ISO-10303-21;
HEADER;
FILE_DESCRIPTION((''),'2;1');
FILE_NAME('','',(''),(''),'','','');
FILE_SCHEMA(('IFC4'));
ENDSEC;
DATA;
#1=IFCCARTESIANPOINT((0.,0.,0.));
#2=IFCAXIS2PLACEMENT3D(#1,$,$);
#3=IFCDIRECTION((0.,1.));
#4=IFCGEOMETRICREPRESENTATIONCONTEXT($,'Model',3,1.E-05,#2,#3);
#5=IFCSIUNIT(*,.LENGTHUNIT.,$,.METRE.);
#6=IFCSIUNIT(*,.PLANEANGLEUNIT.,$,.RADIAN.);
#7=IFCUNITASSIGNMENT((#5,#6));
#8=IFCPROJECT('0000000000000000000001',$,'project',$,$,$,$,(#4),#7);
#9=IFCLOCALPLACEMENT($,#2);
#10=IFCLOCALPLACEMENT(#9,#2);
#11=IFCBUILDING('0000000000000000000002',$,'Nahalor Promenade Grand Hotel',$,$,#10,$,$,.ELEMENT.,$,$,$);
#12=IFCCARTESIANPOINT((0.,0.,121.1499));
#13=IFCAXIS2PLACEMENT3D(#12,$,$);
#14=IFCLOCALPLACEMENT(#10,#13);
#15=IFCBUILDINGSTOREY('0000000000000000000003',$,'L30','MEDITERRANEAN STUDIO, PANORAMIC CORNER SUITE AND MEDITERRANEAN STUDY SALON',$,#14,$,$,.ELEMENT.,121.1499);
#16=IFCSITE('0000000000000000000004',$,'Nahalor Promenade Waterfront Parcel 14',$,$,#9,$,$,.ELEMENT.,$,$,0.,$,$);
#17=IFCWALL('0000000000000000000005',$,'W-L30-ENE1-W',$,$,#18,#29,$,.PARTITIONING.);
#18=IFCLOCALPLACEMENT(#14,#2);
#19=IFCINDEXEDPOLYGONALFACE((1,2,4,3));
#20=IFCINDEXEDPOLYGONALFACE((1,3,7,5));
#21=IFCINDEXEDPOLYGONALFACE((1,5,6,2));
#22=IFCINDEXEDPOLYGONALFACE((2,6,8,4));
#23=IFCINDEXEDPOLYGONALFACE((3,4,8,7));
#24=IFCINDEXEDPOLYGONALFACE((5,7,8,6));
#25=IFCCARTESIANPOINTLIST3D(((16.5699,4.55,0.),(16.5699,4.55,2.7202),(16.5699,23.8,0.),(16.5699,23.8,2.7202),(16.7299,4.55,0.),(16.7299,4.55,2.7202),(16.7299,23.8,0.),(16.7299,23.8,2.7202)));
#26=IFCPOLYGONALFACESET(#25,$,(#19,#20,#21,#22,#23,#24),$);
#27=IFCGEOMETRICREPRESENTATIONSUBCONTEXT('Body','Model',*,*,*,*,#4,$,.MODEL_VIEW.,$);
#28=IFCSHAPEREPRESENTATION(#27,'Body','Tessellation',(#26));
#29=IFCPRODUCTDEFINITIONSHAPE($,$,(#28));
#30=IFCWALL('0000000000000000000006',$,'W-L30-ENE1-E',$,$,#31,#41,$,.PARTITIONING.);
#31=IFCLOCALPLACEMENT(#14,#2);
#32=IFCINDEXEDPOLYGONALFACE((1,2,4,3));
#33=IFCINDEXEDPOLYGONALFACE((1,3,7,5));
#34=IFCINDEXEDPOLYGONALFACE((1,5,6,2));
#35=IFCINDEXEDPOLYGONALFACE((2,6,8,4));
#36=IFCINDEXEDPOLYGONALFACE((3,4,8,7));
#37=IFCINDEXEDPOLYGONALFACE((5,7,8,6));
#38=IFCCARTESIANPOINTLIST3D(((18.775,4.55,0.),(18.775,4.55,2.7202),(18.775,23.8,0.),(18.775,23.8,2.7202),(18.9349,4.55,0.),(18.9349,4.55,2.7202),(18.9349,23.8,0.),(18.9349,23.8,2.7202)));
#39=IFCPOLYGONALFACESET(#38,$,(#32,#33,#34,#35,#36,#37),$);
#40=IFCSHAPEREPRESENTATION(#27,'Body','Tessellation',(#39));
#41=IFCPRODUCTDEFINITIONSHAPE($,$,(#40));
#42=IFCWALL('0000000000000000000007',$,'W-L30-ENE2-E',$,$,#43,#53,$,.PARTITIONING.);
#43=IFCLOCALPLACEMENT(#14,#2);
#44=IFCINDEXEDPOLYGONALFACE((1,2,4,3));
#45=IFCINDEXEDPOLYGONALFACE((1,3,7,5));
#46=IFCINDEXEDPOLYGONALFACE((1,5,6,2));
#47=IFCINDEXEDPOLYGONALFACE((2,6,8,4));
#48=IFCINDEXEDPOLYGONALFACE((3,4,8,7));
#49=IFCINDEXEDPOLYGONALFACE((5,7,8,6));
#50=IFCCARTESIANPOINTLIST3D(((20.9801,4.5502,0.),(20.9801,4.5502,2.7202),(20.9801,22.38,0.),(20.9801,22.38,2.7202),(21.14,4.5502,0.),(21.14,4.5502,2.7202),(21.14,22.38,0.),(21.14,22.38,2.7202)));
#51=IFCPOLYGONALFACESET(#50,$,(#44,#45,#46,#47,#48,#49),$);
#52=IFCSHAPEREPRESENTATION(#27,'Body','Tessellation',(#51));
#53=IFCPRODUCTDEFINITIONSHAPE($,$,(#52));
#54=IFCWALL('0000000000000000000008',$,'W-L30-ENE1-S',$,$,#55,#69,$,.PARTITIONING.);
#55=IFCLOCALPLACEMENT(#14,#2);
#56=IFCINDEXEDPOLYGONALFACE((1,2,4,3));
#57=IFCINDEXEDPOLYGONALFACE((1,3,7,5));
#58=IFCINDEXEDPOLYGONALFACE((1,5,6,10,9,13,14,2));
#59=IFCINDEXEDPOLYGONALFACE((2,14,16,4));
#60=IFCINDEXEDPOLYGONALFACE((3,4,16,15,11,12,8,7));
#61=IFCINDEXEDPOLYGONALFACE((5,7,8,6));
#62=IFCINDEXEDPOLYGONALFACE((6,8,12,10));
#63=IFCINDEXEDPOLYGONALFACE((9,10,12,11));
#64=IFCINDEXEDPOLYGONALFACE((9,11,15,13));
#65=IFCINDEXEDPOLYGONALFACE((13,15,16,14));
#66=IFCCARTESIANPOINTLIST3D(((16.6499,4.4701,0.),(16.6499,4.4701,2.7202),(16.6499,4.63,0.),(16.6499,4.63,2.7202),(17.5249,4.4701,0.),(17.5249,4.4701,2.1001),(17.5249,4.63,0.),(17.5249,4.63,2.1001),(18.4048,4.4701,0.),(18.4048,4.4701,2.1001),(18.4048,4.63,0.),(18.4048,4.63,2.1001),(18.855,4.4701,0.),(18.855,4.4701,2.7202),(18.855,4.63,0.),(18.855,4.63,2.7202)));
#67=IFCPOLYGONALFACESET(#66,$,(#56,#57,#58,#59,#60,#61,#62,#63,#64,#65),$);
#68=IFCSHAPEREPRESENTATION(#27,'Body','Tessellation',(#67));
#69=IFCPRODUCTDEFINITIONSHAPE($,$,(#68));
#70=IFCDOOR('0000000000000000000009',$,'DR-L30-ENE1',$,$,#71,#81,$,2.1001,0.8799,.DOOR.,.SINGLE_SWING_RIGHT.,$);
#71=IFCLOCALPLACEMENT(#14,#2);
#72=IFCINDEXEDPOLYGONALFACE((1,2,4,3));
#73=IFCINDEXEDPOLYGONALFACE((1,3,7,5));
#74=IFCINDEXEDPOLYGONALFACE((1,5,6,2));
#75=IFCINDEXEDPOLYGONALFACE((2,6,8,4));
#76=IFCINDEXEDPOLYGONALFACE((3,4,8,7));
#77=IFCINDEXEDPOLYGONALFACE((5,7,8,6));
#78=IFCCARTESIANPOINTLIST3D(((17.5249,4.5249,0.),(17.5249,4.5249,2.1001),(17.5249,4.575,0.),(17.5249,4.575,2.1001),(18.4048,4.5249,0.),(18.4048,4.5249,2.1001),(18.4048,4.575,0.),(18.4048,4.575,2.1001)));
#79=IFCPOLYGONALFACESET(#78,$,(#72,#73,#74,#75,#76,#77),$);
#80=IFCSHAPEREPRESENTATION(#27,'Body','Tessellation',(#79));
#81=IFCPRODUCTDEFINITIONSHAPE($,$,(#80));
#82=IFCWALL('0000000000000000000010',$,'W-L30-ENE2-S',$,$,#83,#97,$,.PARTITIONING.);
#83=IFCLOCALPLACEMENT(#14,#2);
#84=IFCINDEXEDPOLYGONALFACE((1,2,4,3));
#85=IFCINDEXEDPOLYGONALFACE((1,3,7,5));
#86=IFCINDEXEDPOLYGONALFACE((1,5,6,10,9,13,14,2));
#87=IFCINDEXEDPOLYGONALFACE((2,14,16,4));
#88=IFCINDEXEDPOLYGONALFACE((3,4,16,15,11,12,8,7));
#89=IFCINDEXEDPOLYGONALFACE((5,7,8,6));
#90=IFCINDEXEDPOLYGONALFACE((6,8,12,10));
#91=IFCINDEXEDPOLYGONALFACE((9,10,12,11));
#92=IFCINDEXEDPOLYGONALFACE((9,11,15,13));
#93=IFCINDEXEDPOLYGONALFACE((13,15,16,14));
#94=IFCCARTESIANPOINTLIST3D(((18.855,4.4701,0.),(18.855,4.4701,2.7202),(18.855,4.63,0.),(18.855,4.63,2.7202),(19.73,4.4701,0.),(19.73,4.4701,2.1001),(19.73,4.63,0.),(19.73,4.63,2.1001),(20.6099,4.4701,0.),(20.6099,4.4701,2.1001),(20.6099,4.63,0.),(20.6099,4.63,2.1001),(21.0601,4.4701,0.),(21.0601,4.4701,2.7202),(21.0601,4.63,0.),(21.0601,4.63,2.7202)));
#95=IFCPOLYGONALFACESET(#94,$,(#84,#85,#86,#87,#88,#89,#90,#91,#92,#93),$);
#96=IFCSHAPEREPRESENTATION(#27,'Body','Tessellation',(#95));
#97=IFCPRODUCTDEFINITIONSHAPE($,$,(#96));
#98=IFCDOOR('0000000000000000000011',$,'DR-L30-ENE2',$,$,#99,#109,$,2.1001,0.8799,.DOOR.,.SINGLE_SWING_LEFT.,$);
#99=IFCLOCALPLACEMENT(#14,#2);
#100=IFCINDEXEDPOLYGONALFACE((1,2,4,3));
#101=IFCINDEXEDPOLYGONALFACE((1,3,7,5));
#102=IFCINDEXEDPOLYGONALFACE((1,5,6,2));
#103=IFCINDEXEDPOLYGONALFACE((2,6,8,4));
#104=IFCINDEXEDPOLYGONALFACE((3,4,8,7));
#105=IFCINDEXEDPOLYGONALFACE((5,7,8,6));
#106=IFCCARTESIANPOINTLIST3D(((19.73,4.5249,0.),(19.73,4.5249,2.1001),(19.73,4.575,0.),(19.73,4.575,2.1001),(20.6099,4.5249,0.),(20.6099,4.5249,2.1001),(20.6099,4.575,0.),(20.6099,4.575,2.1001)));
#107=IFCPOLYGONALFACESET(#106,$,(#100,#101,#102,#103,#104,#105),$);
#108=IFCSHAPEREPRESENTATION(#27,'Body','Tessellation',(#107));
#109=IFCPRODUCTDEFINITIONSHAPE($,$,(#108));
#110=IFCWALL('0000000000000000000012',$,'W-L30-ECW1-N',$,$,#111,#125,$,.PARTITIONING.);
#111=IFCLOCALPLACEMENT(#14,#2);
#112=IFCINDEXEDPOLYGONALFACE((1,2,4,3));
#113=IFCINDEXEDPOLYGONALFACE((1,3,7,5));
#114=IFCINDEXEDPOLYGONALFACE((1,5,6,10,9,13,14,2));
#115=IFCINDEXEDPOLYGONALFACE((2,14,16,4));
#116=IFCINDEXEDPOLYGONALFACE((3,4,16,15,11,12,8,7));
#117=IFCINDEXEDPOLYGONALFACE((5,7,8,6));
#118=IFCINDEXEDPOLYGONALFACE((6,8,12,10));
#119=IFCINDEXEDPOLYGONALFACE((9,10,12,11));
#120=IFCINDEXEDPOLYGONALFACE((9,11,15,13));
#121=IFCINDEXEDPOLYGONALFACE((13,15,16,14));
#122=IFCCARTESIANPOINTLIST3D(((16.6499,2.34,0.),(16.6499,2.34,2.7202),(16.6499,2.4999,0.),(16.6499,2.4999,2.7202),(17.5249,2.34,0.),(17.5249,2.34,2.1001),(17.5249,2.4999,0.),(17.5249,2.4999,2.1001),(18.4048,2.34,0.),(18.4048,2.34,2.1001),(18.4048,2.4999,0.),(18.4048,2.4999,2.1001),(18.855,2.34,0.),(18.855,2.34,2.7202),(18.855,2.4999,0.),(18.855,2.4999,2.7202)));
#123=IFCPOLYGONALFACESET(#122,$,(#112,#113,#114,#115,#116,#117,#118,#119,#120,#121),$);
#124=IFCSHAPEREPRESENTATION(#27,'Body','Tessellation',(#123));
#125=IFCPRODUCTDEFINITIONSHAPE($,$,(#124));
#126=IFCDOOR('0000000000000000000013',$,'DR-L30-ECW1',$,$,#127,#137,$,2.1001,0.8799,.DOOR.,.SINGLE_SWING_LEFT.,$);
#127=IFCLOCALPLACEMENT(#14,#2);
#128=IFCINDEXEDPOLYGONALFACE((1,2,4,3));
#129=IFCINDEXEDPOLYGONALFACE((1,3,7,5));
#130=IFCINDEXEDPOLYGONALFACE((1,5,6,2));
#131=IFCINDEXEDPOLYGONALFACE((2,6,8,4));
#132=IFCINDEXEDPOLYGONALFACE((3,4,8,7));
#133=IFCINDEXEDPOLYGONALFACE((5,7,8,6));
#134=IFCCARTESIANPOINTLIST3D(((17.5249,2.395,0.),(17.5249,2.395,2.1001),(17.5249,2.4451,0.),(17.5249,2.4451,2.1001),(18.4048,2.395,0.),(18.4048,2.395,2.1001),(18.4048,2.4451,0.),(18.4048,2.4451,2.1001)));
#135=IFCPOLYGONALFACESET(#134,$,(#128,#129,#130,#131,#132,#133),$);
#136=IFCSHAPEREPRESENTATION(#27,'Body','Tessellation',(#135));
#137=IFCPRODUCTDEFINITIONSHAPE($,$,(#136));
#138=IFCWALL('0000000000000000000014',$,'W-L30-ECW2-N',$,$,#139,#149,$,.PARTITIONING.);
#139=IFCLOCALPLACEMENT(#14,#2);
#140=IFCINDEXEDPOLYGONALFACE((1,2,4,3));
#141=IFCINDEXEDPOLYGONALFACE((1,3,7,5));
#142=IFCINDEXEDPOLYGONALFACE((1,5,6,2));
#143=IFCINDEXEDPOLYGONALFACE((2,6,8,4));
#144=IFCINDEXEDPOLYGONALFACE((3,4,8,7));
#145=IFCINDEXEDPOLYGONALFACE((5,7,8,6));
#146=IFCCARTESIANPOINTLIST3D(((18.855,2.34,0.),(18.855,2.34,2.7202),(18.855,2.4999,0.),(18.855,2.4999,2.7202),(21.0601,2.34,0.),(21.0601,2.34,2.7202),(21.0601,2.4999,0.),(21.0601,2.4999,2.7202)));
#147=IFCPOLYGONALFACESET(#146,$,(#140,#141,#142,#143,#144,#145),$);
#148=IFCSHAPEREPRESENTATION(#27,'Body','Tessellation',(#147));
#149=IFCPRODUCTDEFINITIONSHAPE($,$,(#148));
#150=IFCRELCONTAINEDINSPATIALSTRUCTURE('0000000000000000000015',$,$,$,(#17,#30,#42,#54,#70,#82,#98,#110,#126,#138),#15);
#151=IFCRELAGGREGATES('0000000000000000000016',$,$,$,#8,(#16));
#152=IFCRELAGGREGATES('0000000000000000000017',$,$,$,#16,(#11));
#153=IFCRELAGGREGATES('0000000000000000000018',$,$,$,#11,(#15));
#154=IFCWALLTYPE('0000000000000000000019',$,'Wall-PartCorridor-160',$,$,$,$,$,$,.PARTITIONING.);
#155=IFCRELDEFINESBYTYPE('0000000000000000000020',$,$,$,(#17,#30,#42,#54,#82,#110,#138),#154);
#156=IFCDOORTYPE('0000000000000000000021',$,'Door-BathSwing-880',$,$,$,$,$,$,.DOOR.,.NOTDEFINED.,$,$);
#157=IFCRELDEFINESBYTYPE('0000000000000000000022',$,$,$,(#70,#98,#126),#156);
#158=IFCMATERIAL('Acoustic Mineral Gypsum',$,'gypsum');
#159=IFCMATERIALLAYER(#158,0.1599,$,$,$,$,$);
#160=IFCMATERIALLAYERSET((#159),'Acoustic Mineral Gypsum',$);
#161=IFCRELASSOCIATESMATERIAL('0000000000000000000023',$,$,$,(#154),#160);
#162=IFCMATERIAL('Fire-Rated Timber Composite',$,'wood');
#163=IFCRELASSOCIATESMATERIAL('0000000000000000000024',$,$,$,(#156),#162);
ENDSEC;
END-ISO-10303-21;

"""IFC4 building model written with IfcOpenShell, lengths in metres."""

from ifc_helpers import new_model, si_unit, direction, frame, frame_2d, origin, place, context, subcontext, project, spatial, rectangle, extrude, source, transform, mapped, material, layer, layer_set, type_object, element, fill, save


model = new_model("IFC4")

# Units and contexts
model_context = context("Model", 3, precision=1e-05, world=origin(), true_north=direction((0.0, 1.0)))
body_context = subcontext(model_context, "Body", "Model", "MODEL_VIEW")
ifc_project = project(units=[si_unit("LENGTHUNIT", "METRE"), si_unit("PLANEANGLEUNIT", "RADIAN")], contexts=[model_context])

# Site, building, storey
site_placement = place(None, origin())
site = spatial("IfcSite", under=ifc_project, at=site_placement, Name="Nahalor Promenade Waterfront Parcel 14", CompositionType="ELEMENT", RefElevation=0.0)
building_placement = place(site_placement, origin())
building = spatial("IfcBuilding", under=site, at=building_placement, Name="Nahalor Promenade Grand Hotel", CompositionType="ELEMENT")
storey_placement = place(building_placement, frame((0.0, 0.0, 121.1499)))
storey = spatial("IfcBuildingStorey", under=building, at=storey_placement, Name="L30", Description="MEDITERRANEAN STUDIO, PANORAMIC CORNER SUITE AND MEDITERRANEAN STUDY SALON", CompositionType="ELEMENT", Elevation=121.1499)

# Walls
ifc_material_1 = material(Name="Acoustic Mineral Gypsum", Category="gypsum")
ifc_layer_1 = layer(ifc_material_1, 0.1599)
ifc_layer_set_1 = layer_set([ifc_layer_1], Name="Acoustic Mineral Gypsum")
wall_type_1 = type_object("IfcWallType", Name="Wall-PartCorridor-160", PredefinedType="PARTITIONING", material=ifc_layer_set_1)
shared_shape_1 = source(origin(), body_context, "Body", "SweptSolid", [
    extrude(rectangle(XDim=19.25, YDim=0.1599, at=frame_2d((9.625, 0.0))), origin(), (0.0, 0.0, 1.0), 2.7202),
])
for number, where, z_axis, x_axis, name in (
    (1, (16.6499, 4.55, 0.0), (0.0, 0.0, 1.0), (0.0, 1.0, 0.0), "W-L30-ENE1-W"),
    (2, (18.855, 4.55, 0.0), (0.0, 0.0, 1.0), (0.0, 1.0, 0.0), "W-L30-ENE1-E"),
):
    element("IfcWall", number, at=place(storey_placement, frame(where, z_axis=z_axis, x_axis=x_axis)), inside=storey, type_object=wall_type_1, Name=name, PredefinedType="PARTITIONING", context=body_context, shape_type="MappedRepresentation", body=[
        mapped(shared_shape_1, transform((0.0, 0.0, 0.0), scale=1.0)),
    ])
shared_shape_2 = source(origin(), body_context, "Body", "SweptSolid", [
    extrude(rectangle(XDim=17.8298, YDim=0.1599, at=frame_2d((8.915, 0.0))), origin(), (0.0, 0.0, 1.0), 2.7202),
])
wall_1_placement = place(storey_placement, frame((21.0601, 4.55, 0.0), z_axis=(0.0, 0.0, 1.0), x_axis=(0.0, 1.0, 0.0)))
element("IfcWall", 3, at=wall_1_placement, inside=storey, type_object=wall_type_1, Name="W-L30-ENE2-E", PredefinedType="PARTITIONING", context=body_context, shape_type="MappedRepresentation", body=[
    mapped(shared_shape_2, transform((0.0, 0.0, 0.0), scale=1.0)),
])

# Walls, openings, doors
shared_shape_3 = source(origin(), body_context, "Body", "SweptSolid", [
    extrude(rectangle(XDim=2.2051, YDim=0.1599, at=frame_2d((1.1025, 0.0))), origin(), (0.0, 0.0, 1.0), 2.7202),
])
wall_2_placement = place(storey_placement, frame((16.6499, 4.55, 0.0), z_axis=(0.0, 0.0, 1.0), x_axis=(1.0, 0.0, 0.0)))
wall_2 = element("IfcWall", 4, at=wall_2_placement, inside=storey, type_object=wall_type_1, Name="W-L30-ENE1-S", PredefinedType="PARTITIONING", context=body_context, shape_type="MappedRepresentation", body=[
    mapped(shared_shape_3, transform((0.0, 0.0, 0.0), scale=1.0)),
])
opening_1_placement = place(wall_2_placement, frame((0.875, 0.0, 0.0)))
opening_1 = element("IfcOpeningElement", 5, at=opening_1_placement, cuts=wall_2, PredefinedType="OPENING", context=body_context, shape_type="SweptSolid", body=[
    extrude(rectangle(XDim=0.8799, YDim=2.1001, at=frame_2d((0.4399, 1.05))), frame((0.0, 0.0898, 0.0), z_axis=(0.0, -1.0, 0.0), x_axis=(1.0, 0.0, 0.0)), (0.0, 0.0, 1.0), 0.1799),
])
ifc_material_2 = material(Name="Fire-Rated Timber Composite", Category="wood")
door_type = type_object("IfcDoorType", Name="Door-BathSwing-880", OperationType="NOTDEFINED", PredefinedType="DOOR", material=ifc_material_2)
shared_shape_4 = source(origin(), body_context, "Body", "SweptSolid", [
    extrude(rectangle(XDim=0.8799, YDim=2.1001, at=frame_2d((0.4399, 1.05))), frame((0.0, 0.0249, 0.0), z_axis=(0.0, -1.0, 0.0), x_axis=(1.0, 0.0, 0.0)), (0.0, 0.0, 1.0), 0.05),
])
door_1_placement = place(opening_1_placement, origin())
door_1 = element("IfcDoor", 6, at=door_1_placement, inside=storey, type_object=door_type, Name="DR-L30-ENE1", OperationType="SINGLE_SWING_RIGHT", OverallHeight=2.1001, OverallWidth=0.8799, PredefinedType="DOOR", context=body_context, shape_type="MappedRepresentation", body=[
    mapped(shared_shape_4, transform((0.0, 0.0, 0.0), scale=1.0)),
])
fill(opening_1, door_1)
wall_3_placement = place(storey_placement, frame((18.855, 4.55, 0.0), z_axis=(0.0, 0.0, 1.0), x_axis=(1.0, 0.0, 0.0)))
wall_3 = element("IfcWall", 7, at=wall_3_placement, inside=storey, type_object=wall_type_1, Name="W-L30-ENE2-S", PredefinedType="PARTITIONING", context=body_context, shape_type="MappedRepresentation", body=[
    mapped(shared_shape_3, transform((0.0, 0.0, 0.0), scale=1.0)),
])
opening_2_placement = place(wall_3_placement, frame((0.875, 0.0, 0.0)))
opening_2 = element("IfcOpeningElement", 8, at=opening_2_placement, cuts=wall_3, PredefinedType="OPENING", context=body_context, shape_type="SweptSolid", body=[
    extrude(rectangle(XDim=0.8799, YDim=2.1001, at=frame_2d((0.4399, 1.05))), frame((0.0, 0.0898, 0.0), z_axis=(0.0, -1.0, 0.0), x_axis=(1.0, 0.0, 0.0)), (0.0, 0.0, 1.0), 0.1799),
])
door_2_placement = place(opening_2_placement, origin())
door_2 = element("IfcDoor", 9, at=door_2_placement, inside=storey, type_object=door_type, Name="DR-L30-ENE2", OperationType="SINGLE_SWING_LEFT", OverallHeight=2.1001, OverallWidth=0.8799, PredefinedType="DOOR", context=body_context, shape_type="MappedRepresentation", body=[
    mapped(shared_shape_4, transform((0.0, 0.0, 0.0), scale=1.0)),
])
fill(opening_2, door_2)
wall_4_placement = place(storey_placement, frame((16.6499, 2.4199, 0.0), z_axis=(0.0, 0.0, 1.0), x_axis=(1.0, 0.0, 0.0)))
wall_4 = element("IfcWall", 10, at=wall_4_placement, inside=storey, type_object=wall_type_1, Name="W-L30-ECW1-N", PredefinedType="PARTITIONING", context=body_context, shape_type="MappedRepresentation", body=[
    mapped(shared_shape_3, transform((0.0, 0.0, 0.0), scale=1.0)),
])
opening_3_placement = place(wall_4_placement, frame((0.875, 0.0, 0.0)))
opening_3 = element("IfcOpeningElement", 11, at=opening_3_placement, cuts=wall_4, PredefinedType="OPENING", context=body_context, shape_type="SweptSolid", body=[
    extrude(rectangle(XDim=0.8799, YDim=2.1001, at=frame_2d((0.4399, 1.05))), frame((0.0, 0.0898, 0.0), z_axis=(0.0, -1.0, 0.0), x_axis=(1.0, 0.0, 0.0)), (0.0, 0.0, 1.0), 0.1799),
])
door_3_placement = place(opening_3_placement, frame((0.8799, 0.0, 0.0), z_axis=(0.0, 0.0, 1.0), x_axis=(-1.0, 0.0, 0.0)))
door_3 = element("IfcDoor", 12, at=door_3_placement, inside=storey, type_object=door_type, Name="DR-L30-ECW1", OperationType="SINGLE_SWING_LEFT", OverallHeight=2.1001, OverallWidth=0.8799, PredefinedType="DOOR", context=body_context, shape_type="MappedRepresentation", body=[
    mapped(shared_shape_4, transform((0.0, 0.0, 0.0), scale=1.0)),
])
fill(opening_3, door_3)

# Wall
wall_5_placement = place(storey_placement, frame((18.855, 2.4199, 0.0), z_axis=(0.0, 0.0, 1.0), x_axis=(1.0, 0.0, 0.0)))
element("IfcWall", 13, at=wall_5_placement, inside=storey, type_object=wall_type_1, Name="W-L30-ECW2-N", PredefinedType="PARTITIONING", context=body_context, shape_type="MappedRepresentation", body=[
    mapped(shared_shape_3, transform((0.0, 0.0, 0.0), scale=1.0)),
])

save(model, "model.ifc")
